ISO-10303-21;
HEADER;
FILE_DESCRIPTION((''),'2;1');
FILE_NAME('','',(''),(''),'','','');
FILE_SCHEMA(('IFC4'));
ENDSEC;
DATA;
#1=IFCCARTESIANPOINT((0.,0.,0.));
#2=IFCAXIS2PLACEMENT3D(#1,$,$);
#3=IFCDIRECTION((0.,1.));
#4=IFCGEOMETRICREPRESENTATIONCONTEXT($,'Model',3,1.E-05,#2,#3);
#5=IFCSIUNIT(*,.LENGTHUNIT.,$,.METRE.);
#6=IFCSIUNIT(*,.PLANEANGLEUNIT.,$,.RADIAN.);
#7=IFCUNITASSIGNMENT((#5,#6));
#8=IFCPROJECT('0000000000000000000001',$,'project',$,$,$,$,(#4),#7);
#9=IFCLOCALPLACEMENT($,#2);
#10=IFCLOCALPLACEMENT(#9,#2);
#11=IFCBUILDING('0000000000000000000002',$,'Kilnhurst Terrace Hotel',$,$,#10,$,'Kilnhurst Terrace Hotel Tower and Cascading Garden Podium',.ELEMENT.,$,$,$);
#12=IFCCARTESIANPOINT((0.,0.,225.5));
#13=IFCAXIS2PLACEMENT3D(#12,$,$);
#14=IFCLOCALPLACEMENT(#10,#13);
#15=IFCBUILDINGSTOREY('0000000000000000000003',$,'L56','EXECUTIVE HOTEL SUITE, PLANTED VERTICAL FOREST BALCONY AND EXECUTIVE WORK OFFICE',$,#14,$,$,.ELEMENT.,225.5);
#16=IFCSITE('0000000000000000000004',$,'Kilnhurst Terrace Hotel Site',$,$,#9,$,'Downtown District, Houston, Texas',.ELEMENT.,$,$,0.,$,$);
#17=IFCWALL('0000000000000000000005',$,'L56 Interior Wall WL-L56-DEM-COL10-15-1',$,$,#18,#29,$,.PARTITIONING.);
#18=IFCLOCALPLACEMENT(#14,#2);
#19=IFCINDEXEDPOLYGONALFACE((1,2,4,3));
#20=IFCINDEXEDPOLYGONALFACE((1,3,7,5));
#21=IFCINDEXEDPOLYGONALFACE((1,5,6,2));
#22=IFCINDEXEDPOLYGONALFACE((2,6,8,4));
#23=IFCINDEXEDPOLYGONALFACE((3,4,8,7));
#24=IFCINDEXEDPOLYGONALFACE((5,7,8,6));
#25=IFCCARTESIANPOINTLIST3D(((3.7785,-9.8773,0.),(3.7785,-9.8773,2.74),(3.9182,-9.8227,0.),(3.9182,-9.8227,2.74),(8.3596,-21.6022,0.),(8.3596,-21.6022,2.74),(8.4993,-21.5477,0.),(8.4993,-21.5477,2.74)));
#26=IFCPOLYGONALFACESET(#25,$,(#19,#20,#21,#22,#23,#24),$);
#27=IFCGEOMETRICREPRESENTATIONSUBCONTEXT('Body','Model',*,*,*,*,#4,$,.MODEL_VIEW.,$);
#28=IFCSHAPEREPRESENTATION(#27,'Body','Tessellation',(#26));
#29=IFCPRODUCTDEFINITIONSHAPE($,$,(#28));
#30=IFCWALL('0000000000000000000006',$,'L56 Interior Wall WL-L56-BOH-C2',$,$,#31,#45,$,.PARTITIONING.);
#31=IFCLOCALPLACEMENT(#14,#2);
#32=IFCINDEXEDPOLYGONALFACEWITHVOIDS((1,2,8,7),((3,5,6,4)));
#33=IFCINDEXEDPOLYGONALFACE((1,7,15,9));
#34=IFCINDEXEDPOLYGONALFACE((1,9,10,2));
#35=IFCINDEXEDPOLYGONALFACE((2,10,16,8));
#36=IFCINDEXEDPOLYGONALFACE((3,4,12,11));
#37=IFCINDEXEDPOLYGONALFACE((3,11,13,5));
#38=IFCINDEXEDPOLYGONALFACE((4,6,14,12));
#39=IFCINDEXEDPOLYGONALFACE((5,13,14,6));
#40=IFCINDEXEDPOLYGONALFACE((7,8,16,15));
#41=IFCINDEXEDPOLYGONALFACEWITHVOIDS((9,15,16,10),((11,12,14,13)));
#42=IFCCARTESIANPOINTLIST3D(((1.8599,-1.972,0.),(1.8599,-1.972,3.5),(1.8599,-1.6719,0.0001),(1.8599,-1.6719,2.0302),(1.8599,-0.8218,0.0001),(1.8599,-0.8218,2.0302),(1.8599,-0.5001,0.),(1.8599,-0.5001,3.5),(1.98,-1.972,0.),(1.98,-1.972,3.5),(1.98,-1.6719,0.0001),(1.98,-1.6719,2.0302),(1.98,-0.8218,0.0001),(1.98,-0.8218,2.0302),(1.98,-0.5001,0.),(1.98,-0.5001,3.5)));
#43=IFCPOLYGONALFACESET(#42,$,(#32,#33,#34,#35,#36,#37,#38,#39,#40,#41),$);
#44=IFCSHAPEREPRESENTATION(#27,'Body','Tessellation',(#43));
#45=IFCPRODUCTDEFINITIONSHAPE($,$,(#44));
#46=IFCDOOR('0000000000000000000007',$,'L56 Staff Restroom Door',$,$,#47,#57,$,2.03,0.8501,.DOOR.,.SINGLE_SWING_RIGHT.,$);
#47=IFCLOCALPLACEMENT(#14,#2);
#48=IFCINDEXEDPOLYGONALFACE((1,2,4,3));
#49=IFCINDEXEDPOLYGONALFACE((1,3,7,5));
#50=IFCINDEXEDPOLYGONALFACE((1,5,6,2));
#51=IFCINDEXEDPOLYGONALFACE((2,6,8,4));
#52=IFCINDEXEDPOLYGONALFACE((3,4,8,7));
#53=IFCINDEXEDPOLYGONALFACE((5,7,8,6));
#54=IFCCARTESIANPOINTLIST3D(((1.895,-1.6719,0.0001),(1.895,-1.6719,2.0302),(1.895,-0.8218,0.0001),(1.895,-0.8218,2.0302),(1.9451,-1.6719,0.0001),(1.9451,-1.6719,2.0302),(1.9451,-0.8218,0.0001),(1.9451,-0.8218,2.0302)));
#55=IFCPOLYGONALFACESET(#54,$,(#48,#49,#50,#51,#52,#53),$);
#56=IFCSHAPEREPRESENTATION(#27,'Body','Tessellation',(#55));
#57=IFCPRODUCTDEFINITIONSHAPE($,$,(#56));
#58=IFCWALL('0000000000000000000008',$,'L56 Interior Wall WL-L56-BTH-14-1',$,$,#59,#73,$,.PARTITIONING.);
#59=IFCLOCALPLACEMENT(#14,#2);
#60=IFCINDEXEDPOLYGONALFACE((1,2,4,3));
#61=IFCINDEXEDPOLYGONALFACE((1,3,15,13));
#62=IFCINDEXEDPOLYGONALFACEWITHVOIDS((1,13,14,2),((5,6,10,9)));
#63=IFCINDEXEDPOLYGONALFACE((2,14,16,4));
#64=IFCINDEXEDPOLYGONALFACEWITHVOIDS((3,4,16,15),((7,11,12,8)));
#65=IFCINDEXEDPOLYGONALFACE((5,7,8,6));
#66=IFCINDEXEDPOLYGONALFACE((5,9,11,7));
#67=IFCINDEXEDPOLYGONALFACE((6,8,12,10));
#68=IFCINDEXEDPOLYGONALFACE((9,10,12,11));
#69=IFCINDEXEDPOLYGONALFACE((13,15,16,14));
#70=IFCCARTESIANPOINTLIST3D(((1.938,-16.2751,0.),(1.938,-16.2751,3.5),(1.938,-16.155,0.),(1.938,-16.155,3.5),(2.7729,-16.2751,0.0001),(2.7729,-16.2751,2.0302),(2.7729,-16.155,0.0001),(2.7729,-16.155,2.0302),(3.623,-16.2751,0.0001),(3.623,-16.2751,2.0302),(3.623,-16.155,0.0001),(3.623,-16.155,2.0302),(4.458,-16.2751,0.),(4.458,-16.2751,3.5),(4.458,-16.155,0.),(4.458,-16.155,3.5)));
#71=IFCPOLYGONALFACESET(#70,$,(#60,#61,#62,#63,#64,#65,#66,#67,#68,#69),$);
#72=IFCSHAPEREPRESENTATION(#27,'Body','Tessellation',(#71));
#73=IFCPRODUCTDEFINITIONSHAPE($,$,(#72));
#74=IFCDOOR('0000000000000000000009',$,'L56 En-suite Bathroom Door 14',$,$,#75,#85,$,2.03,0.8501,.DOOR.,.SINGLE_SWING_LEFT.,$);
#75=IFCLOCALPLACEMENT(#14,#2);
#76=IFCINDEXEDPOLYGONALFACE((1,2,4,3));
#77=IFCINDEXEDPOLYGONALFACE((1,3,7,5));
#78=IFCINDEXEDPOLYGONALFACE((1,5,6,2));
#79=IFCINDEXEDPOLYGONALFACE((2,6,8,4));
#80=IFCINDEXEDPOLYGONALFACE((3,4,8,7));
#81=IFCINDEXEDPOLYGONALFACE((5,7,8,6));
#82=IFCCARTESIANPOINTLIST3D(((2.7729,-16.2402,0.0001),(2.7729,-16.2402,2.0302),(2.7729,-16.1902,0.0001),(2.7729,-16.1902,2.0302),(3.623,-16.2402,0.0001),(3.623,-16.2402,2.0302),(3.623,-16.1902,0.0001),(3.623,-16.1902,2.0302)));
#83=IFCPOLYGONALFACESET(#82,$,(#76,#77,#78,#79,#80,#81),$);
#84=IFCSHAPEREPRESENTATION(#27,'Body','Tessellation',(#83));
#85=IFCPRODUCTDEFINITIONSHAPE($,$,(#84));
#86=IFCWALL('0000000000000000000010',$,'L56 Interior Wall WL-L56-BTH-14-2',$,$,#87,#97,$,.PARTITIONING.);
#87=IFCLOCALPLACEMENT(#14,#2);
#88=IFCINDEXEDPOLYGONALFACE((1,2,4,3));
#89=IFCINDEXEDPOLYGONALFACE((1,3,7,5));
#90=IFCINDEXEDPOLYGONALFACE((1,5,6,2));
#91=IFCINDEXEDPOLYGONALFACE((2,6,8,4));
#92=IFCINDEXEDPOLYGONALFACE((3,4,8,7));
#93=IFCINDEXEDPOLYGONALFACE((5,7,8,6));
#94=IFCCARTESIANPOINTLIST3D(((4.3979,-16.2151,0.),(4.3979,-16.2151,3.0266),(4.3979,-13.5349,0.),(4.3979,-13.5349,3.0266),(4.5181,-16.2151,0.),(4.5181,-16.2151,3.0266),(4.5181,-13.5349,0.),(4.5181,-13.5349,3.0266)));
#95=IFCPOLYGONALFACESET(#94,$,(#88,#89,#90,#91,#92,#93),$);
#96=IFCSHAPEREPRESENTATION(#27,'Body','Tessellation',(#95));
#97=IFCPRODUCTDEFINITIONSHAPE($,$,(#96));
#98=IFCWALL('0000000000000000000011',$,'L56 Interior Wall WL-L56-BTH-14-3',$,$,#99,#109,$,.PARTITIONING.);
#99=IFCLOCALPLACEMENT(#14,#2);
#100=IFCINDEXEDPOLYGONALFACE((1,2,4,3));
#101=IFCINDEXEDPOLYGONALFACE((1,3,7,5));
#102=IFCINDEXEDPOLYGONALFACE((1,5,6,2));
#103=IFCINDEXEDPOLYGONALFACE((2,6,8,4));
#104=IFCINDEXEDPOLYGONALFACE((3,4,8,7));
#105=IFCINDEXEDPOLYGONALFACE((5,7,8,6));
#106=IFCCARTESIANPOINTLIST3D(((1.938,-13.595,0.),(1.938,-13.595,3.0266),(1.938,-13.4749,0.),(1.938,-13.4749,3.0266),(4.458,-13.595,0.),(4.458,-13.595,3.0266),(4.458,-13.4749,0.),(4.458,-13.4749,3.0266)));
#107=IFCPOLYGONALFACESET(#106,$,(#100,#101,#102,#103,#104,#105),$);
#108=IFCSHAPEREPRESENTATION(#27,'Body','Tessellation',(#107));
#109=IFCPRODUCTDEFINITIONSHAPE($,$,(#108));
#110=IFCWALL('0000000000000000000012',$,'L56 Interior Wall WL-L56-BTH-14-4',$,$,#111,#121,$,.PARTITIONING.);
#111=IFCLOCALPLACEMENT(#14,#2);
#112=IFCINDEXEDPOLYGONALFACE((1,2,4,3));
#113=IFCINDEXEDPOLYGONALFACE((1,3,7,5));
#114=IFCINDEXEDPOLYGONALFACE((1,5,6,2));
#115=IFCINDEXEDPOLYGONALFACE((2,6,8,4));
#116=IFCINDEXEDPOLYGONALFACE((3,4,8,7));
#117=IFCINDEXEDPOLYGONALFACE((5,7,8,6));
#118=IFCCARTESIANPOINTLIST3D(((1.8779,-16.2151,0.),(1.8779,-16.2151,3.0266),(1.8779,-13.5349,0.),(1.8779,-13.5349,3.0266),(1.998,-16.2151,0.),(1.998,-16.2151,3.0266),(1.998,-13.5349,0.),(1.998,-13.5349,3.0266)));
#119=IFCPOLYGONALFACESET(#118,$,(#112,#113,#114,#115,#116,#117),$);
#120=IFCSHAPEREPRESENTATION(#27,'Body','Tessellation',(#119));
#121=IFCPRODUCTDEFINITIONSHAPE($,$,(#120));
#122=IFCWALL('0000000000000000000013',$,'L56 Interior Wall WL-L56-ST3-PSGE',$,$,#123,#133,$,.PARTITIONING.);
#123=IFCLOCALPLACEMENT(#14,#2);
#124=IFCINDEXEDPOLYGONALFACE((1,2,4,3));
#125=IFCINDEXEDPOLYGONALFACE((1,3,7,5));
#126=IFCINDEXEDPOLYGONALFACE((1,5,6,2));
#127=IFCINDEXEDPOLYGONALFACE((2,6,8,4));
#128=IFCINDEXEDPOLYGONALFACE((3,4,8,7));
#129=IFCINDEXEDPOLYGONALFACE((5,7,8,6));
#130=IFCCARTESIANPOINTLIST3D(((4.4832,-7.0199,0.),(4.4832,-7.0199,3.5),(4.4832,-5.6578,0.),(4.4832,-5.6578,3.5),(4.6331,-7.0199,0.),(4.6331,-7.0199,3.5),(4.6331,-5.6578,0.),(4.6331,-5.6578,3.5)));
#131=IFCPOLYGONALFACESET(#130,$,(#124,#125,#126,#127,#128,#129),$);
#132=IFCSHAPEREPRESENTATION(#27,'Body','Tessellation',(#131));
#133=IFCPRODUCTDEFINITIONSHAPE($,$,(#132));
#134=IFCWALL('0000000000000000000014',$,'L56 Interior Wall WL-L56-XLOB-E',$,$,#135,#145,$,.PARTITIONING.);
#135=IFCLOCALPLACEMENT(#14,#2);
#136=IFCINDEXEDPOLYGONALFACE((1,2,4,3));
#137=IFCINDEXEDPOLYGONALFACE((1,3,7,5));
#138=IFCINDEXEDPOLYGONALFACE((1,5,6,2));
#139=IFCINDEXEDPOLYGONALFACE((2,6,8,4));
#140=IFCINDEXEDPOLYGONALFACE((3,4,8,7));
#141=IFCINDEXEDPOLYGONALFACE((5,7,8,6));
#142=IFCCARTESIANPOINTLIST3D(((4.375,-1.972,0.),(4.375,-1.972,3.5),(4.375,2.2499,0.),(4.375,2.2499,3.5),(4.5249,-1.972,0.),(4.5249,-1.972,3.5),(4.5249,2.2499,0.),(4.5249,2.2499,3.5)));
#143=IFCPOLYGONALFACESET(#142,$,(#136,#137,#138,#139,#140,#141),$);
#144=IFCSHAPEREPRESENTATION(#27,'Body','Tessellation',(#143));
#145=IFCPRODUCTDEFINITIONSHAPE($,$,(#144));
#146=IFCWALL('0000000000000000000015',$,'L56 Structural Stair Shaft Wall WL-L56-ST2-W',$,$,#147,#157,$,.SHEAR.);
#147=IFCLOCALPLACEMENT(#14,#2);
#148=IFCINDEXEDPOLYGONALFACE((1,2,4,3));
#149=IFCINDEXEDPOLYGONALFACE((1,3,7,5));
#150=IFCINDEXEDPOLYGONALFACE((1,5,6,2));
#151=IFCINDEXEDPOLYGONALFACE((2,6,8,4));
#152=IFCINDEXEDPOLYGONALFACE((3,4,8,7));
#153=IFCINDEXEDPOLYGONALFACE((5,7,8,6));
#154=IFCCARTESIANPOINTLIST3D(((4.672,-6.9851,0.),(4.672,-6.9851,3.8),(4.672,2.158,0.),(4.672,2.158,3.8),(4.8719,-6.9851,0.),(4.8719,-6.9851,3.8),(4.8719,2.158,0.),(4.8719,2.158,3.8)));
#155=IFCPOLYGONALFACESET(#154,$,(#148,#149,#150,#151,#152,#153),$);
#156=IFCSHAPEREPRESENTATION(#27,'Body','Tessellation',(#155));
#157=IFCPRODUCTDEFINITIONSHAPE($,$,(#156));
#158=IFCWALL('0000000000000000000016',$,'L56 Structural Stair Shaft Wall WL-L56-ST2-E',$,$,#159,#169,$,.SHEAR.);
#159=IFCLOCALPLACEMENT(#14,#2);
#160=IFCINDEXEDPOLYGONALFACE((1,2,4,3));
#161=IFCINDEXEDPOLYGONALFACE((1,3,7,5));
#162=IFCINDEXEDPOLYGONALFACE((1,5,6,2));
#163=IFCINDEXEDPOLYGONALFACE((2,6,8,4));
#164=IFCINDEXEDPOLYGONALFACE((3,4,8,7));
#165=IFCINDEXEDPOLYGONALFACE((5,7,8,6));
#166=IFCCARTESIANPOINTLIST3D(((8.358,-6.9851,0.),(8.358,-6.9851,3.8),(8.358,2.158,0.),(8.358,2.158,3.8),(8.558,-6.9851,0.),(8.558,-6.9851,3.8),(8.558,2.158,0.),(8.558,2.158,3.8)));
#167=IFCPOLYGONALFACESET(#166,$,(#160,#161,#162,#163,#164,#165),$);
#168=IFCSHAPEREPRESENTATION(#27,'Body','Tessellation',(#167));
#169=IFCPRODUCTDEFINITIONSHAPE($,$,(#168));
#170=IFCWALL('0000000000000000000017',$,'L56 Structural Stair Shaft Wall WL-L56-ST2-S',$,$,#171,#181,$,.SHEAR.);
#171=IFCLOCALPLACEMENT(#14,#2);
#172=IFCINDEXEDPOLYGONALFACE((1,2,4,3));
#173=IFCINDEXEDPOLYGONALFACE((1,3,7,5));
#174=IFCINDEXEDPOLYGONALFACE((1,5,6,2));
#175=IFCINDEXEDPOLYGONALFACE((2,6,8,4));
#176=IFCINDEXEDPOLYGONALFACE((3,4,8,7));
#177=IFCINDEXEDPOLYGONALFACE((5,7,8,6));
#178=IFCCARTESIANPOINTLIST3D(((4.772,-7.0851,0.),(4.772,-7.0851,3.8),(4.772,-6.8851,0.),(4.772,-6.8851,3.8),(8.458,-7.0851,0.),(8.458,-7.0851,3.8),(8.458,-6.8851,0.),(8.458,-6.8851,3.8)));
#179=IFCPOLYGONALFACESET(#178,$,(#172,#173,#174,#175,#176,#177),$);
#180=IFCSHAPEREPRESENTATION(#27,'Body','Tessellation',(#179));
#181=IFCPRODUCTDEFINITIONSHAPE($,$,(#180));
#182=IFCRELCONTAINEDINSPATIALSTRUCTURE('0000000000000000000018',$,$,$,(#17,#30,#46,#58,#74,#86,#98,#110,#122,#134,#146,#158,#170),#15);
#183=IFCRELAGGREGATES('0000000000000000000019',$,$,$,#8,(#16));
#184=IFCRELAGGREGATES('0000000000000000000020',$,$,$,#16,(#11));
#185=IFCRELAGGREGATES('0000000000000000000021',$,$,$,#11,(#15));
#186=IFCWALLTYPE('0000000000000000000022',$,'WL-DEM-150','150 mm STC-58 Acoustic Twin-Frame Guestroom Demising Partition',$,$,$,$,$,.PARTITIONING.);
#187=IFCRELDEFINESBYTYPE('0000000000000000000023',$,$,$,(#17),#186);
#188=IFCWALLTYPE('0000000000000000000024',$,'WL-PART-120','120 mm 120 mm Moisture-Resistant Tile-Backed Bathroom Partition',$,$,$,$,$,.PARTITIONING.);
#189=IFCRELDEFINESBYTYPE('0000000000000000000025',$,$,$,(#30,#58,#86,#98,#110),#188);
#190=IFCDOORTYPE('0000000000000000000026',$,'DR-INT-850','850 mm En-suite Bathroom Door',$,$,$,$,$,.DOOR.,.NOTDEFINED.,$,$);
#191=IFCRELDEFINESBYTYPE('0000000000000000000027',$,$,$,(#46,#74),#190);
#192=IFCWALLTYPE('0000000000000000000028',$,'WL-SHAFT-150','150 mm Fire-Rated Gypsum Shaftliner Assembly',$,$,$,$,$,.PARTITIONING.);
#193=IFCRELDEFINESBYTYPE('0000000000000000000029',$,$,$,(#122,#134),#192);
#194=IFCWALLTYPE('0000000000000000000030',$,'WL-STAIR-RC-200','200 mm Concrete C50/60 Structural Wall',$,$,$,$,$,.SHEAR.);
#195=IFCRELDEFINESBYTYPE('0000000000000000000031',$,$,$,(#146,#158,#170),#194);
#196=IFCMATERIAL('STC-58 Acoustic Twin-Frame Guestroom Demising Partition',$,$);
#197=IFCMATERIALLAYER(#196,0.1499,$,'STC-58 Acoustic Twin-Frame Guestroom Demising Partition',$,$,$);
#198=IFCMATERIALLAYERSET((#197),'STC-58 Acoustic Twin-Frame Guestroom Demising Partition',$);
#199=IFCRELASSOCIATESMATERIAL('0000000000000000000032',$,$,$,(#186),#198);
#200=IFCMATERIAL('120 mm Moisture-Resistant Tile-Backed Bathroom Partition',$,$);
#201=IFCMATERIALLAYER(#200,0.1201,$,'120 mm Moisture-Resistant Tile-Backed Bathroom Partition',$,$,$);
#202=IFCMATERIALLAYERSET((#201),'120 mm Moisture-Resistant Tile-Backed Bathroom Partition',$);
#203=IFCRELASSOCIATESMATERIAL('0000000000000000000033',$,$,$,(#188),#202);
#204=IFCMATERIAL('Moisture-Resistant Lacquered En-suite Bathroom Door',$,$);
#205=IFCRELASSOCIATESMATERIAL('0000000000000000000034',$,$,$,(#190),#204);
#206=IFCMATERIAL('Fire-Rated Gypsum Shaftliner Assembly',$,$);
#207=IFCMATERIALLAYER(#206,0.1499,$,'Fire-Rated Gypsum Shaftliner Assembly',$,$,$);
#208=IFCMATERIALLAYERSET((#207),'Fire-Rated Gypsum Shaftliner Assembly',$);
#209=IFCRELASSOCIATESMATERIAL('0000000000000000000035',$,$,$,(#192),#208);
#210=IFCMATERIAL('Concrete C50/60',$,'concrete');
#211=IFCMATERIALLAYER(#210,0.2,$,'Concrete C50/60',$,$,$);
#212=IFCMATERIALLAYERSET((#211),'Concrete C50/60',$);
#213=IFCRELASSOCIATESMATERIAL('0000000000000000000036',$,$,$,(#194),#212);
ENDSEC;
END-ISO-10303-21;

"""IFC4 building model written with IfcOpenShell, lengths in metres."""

from ifc_helpers import new_model, si_unit, direction, frame, frame_2d, origin, place, context, subcontext, project, spatial, rectangle, extrude, material, layer, layer_set, type_object, element, fill, save


model = new_model("IFC4")

# Units and contexts
model_context = context("Model", 3, precision=1e-05, world=origin(), true_north=direction((0.0, 1.0)))
body_context = subcontext(model_context, "Body", "Model", "MODEL_VIEW")
ifc_project = project(units=[si_unit("LENGTHUNIT", "METRE"), si_unit("PLANEANGLEUNIT", "RADIAN")], contexts=[model_context])

# Site, building, storey
site_placement = place(None, origin())
site = spatial("IfcSite", under=ifc_project, at=site_placement, Name="Kilnhurst Terrace Hotel Site", LongName="Downtown District, Houston, Texas", CompositionType="ELEMENT", RefElevation=0.0)
building_placement = place(site_placement, origin())
building = spatial("IfcBuilding", under=site, at=building_placement, Name="Kilnhurst Terrace Hotel", LongName="Kilnhurst Terrace Hotel Tower and Cascading Garden Podium", CompositionType="ELEMENT")
storey_placement = place(building_placement, frame((0.0, 0.0, 225.5)))
storey = spatial("IfcBuildingStorey", under=building, at=storey_placement, Name="L56", Description="EXECUTIVE HOTEL SUITE, PLANTED VERTICAL FOREST BALCONY AND EXECUTIVE WORK OFFICE", CompositionType="ELEMENT", Elevation=225.5)

# Shared definitions
ifc_material_1 = material(Name="Concrete C50/60", Category="concrete")

# Wall
ifc_material_2 = material(Name="STC-58 Acoustic Twin-Frame Guestroom Demising Partition")
ifc_layer_1 = layer(ifc_material_2, 0.1499, Name="STC-58 Acoustic Twin-Frame Guestroom Demising Partition")
ifc_layer_set_1 = layer_set([ifc_layer_1], Name="STC-58 Acoustic Twin-Frame Guestroom Demising Partition")
wall_type_1 = type_object("IfcWallType", Name="WL-DEM-150", Description="150 mm STC-58 Acoustic Twin-Frame Guestroom Demising Partition", PredefinedType="PARTITIONING", material=ifc_layer_set_1)
wall_1_placement = place(storey_placement, frame((3.8484, -9.8501, 0.0), z_axis=(0.0, 0.0, 1.0), x_axis=(0.363922, -0.93143, 0.0)))
element("IfcWall", 1, at=wall_1_placement, inside=storey, type_object=wall_type_1, Name="L56 Interior Wall WL-L56-DEM-COL10-15-1", PredefinedType="PARTITIONING", context=body_context, shape_type="SweptSolid", body=[
    extrude(rectangle(XDim=12.5881, YDim=0.1499, at=frame_2d((6.2939, 0.0))), origin(), (0.0, 0.0, 1.0), 2.74),
])

# Walls, openings, doors
ifc_material_3 = material(Name="120 mm Moisture-Resistant Tile-Backed Bathroom Partition")
ifc_layer_2 = layer(ifc_material_3, 0.1201, Name="120 mm Moisture-Resistant Tile-Backed Bathroom Partition")
ifc_layer_set_2 = layer_set([ifc_layer_2], Name="120 mm Moisture-Resistant Tile-Backed Bathroom Partition")
wall_type_2 = type_object("IfcWallType", Name="WL-PART-120", Description="120 mm 120 mm Moisture-Resistant Tile-Backed Bathroom Partition", PredefinedType="PARTITIONING", material=ifc_layer_set_2)
wall_2_placement = place(storey_placement, frame((1.9199, -1.9719, 0.0), z_axis=(0.0, 0.0, 1.0), x_axis=(0.0, 1.0, 0.0)))
wall_2 = element("IfcWall", 2, at=wall_2_placement, inside=storey, type_object=wall_type_2, Name="L56 Interior Wall WL-L56-BOH-C2", PredefinedType="PARTITIONING", context=body_context, shape_type="SweptSolid", body=[
    extrude(rectangle(XDim=1.4719, YDim=0.1201, at=frame_2d((0.7358, 0.0))), origin(), (0.0, 0.0, 1.0), 3.5),
])
opening_1_placement = place(wall_2_placement, frame((0.3, 0.0, 0.0)))
opening_1 = element("IfcOpeningElement", 3, at=opening_1_placement, cuts=wall_2, PredefinedType="OPENING", context=body_context, shape_type="SweptSolid", body=[
    extrude(rectangle(XDim=0.8501, YDim=2.03, at=frame_2d((0.425, 1.0151))), frame((0.0, 0.0701, 0.0), z_axis=(0.0, -1.0, 0.0), x_axis=(1.0, 0.0, 0.0)), (0.0, 0.0, 1.0), 0.1401),
])
ifc_material_4 = material(Name="Moisture-Resistant Lacquered En-suite Bathroom Door")
door_type = type_object("IfcDoorType", Name="DR-INT-850", Description="850 mm En-suite Bathroom Door", OperationType="NOTDEFINED", PredefinedType="DOOR", material=ifc_material_4)
door_1_placement = place(opening_1_placement, origin())
door_1 = element("IfcDoor", 4, at=door_1_placement, inside=storey, type_object=door_type, Name="L56 Staff Restroom Door", OperationType="SINGLE_SWING_RIGHT", OverallHeight=2.03, OverallWidth=0.8501, PredefinedType="DOOR", context=body_context, shape_type="SweptSolid", body=[
    extrude(rectangle(XDim=0.8501, YDim=2.03, at=frame_2d((0.425, 1.0151))), frame((0.0, 0.0249, 0.0), z_axis=(0.0, -1.0, 0.0), x_axis=(1.0, 0.0, 0.0)), (0.0, 0.0, 1.0), 0.05),
])
fill(opening_1, door_1)
wall_3_placement = place(storey_placement, frame((1.938, -16.2151, 0.0), z_axis=(0.0, 0.0, 1.0), x_axis=(1.0, 0.0, 0.0)))
wall_3 = element("IfcWall", 5, at=wall_3_placement, inside=storey, type_object=wall_type_2, Name="L56 Interior Wall WL-L56-BTH-14-1", PredefinedType="PARTITIONING", context=body_context, shape_type="SweptSolid", body=[
    extrude(rectangle(XDim=2.52, YDim=0.1201, at=frame_2d((1.26, 0.0))), origin(), (0.0, 0.0, 1.0), 3.5),
])
opening_2_placement = place(wall_3_placement, frame((0.835, 0.0, 0.0)))
opening_2 = element("IfcOpeningElement", 6, at=opening_2_placement, cuts=wall_3, PredefinedType="OPENING", context=body_context, shape_type="SweptSolid", body=[
    extrude(rectangle(XDim=0.8501, YDim=2.03, at=frame_2d((0.425, 1.0151))), frame((0.0, 0.0701, 0.0), z_axis=(0.0, -1.0, 0.0), x_axis=(1.0, 0.0, 0.0)), (0.0, 0.0, 1.0), 0.1401),
])
door_2_placement = place(opening_2_placement, origin())
door_2 = element("IfcDoor", 7, at=door_2_placement, inside=storey, type_object=door_type, Name="L56 En-suite Bathroom Door 14", OperationType="SINGLE_SWING_LEFT", OverallHeight=2.03, OverallWidth=0.8501, PredefinedType="DOOR", context=body_context, shape_type="SweptSolid", body=[
    extrude(rectangle(XDim=0.8501, YDim=2.03, at=frame_2d((0.425, 1.0151))), frame((0.0, 0.0249, 0.0), z_axis=(0.0, -1.0, 0.0), x_axis=(1.0, 0.0, 0.0)), (0.0, 0.0, 1.0), 0.05),
])
fill(opening_2, door_2)

# Walls
wall_4_placement = place(storey_placement, frame((4.458, -16.2151, 0.0), z_axis=(0.0, 0.0, 1.0), x_axis=(0.0, 1.0, 0.0)))
element("IfcWall", 8, at=wall_4_placement, inside=storey, type_object=wall_type_2, Name="L56 Interior Wall WL-L56-BTH-14-2", PredefinedType="PARTITIONING", context=body_context, shape_type="SweptSolid", body=[
    extrude(rectangle(XDim=2.6802, YDim=0.1201, at=frame_2d((1.3401, 0.0))), origin(), (0.0, 0.0, 1.0), 3.0266),
])
wall_5_placement = place(storey_placement, frame((4.458, -13.5349, 0.0), z_axis=(0.0, 0.0, 1.0), x_axis=(-1.0, 0.0, 0.0)))
element("IfcWall", 9, at=wall_5_placement, inside=storey, type_object=wall_type_2, Name="L56 Interior Wall WL-L56-BTH-14-3", PredefinedType="PARTITIONING", context=body_context, shape_type="SweptSolid", body=[
    extrude(rectangle(XDim=2.52, YDim=0.1201, at=frame_2d((1.26, 0.0))), origin(), (0.0, 0.0, 1.0), 3.0266),
])
wall_6_placement = place(storey_placement, frame((1.938, -13.5349, 0.0), z_axis=(0.0, 0.0, 1.0), x_axis=(0.0, -1.0, 0.0)))
element("IfcWall", 10, at=wall_6_placement, inside=storey, type_object=wall_type_2, Name="L56 Interior Wall WL-L56-BTH-14-4", PredefinedType="PARTITIONING", context=body_context, shape_type="SweptSolid", body=[
    extrude(rectangle(XDim=2.6802, YDim=0.1201, at=frame_2d((1.3401, 0.0))), origin(), (0.0, 0.0, 1.0), 3.0266),
])
ifc_material_5 = material(Name="Fire-Rated Gypsum Shaftliner Assembly")
ifc_layer_3 = layer(ifc_material_5, 0.1499, Name="Fire-Rated Gypsum Shaftliner Assembly")
ifc_layer_set_3 = layer_set([ifc_layer_3], Name="Fire-Rated Gypsum Shaftliner Assembly")
wall_type_3 = type_object("IfcWallType", Name="WL-SHAFT-150", Description="150 mm Fire-Rated Gypsum Shaftliner Assembly", PredefinedType="PARTITIONING", material=ifc_layer_set_3)
wall_7_placement = place(storey_placement, frame((4.5581, -7.02, 0.0), z_axis=(0.0, 0.0, 1.0), x_axis=(0.0, 1.0, 0.0)))
element("IfcWall", 11, at=wall_7_placement, inside=storey, type_object=wall_type_3, Name="L56 Interior Wall WL-L56-ST3-PSGE", PredefinedType="PARTITIONING", context=body_context, shape_type="SweptSolid", body=[
    extrude(rectangle(XDim=1.3621, YDim=0.1499, at=frame_2d((0.6812, 0.0))), origin(), (0.0, 0.0, 1.0), 3.5),
])
wall_8_placement = place(storey_placement, frame((4.45, -1.9719, 0.0), z_axis=(0.0, 0.0, 1.0), x_axis=(0.0, 1.0, 0.0)))
element("IfcWall", 12, at=wall_8_placement, inside=storey, type_object=wall_type_3, Name="L56 Interior Wall WL-L56-XLOB-E", PredefinedType="PARTITIONING", context=body_context, shape_type="SweptSolid", body=[
    extrude(rectangle(XDim=4.2219, YDim=0.1499, at=frame_2d((2.1108, 0.0))), origin(), (0.0, 0.0, 1.0), 3.5),
])
ifc_layer_4 = layer(ifc_material_1, 0.2, Name="Concrete C50/60")
ifc_layer_set_4 = layer_set([ifc_layer_4], Name="Concrete C50/60")
wall_type_4 = type_object("IfcWallType", Name="WL-STAIR-RC-200", Description="200 mm Concrete C50/60 Structural Wall", PredefinedType="SHEAR", material=ifc_layer_set_4)
for number, where, z_axis, x_axis, name in (
    (13, (4.772, -6.9851, 0.0), (0.0, 0.0, 1.0), (0.0, 1.0, 0.0), "L56 Structural Stair Shaft Wall WL-L56-ST2-W"),
    (14, (8.458, -6.9851, 0.0), (0.0, 0.0, 1.0), (0.0, 1.0, 0.0), "L56 Structural Stair Shaft Wall WL-L56-ST2-E"),
):
    element("IfcWall", number, at=place(storey_placement, frame(where, z_axis=z_axis, x_axis=x_axis)), inside=storey, type_object=wall_type_4, Name=name, PredefinedType="SHEAR", context=body_context, shape_type="SweptSolid", body=[
        extrude(rectangle(XDim=9.1431, YDim=0.2, at=frame_2d((4.5715, 0.0))), origin(), (0.0, 0.0, 1.0), 3.8),
    ])
for number, where, z_axis, x_axis, name in (
    (15, (4.772, -6.9851, 0.0), (0.0, 0.0, 1.0), (1.0, 0.0, 0.0), "L56 Structural Stair Shaft Wall WL-L56-ST2-S"),
):
    element("IfcWall", number, at=place(storey_placement, frame(where, z_axis=z_axis, x_axis=x_axis)), inside=storey, type_object=wall_type_4, Name=name, PredefinedType="SHEAR", context=body_context, shape_type="SweptSolid", body=[
        extrude(rectangle(XDim=3.686, YDim=0.2, at=frame_2d((1.843, 0.0))), origin(), (0.0, 0.0, 1.0), 3.8),
    ])

save(model, "model.ifc")
